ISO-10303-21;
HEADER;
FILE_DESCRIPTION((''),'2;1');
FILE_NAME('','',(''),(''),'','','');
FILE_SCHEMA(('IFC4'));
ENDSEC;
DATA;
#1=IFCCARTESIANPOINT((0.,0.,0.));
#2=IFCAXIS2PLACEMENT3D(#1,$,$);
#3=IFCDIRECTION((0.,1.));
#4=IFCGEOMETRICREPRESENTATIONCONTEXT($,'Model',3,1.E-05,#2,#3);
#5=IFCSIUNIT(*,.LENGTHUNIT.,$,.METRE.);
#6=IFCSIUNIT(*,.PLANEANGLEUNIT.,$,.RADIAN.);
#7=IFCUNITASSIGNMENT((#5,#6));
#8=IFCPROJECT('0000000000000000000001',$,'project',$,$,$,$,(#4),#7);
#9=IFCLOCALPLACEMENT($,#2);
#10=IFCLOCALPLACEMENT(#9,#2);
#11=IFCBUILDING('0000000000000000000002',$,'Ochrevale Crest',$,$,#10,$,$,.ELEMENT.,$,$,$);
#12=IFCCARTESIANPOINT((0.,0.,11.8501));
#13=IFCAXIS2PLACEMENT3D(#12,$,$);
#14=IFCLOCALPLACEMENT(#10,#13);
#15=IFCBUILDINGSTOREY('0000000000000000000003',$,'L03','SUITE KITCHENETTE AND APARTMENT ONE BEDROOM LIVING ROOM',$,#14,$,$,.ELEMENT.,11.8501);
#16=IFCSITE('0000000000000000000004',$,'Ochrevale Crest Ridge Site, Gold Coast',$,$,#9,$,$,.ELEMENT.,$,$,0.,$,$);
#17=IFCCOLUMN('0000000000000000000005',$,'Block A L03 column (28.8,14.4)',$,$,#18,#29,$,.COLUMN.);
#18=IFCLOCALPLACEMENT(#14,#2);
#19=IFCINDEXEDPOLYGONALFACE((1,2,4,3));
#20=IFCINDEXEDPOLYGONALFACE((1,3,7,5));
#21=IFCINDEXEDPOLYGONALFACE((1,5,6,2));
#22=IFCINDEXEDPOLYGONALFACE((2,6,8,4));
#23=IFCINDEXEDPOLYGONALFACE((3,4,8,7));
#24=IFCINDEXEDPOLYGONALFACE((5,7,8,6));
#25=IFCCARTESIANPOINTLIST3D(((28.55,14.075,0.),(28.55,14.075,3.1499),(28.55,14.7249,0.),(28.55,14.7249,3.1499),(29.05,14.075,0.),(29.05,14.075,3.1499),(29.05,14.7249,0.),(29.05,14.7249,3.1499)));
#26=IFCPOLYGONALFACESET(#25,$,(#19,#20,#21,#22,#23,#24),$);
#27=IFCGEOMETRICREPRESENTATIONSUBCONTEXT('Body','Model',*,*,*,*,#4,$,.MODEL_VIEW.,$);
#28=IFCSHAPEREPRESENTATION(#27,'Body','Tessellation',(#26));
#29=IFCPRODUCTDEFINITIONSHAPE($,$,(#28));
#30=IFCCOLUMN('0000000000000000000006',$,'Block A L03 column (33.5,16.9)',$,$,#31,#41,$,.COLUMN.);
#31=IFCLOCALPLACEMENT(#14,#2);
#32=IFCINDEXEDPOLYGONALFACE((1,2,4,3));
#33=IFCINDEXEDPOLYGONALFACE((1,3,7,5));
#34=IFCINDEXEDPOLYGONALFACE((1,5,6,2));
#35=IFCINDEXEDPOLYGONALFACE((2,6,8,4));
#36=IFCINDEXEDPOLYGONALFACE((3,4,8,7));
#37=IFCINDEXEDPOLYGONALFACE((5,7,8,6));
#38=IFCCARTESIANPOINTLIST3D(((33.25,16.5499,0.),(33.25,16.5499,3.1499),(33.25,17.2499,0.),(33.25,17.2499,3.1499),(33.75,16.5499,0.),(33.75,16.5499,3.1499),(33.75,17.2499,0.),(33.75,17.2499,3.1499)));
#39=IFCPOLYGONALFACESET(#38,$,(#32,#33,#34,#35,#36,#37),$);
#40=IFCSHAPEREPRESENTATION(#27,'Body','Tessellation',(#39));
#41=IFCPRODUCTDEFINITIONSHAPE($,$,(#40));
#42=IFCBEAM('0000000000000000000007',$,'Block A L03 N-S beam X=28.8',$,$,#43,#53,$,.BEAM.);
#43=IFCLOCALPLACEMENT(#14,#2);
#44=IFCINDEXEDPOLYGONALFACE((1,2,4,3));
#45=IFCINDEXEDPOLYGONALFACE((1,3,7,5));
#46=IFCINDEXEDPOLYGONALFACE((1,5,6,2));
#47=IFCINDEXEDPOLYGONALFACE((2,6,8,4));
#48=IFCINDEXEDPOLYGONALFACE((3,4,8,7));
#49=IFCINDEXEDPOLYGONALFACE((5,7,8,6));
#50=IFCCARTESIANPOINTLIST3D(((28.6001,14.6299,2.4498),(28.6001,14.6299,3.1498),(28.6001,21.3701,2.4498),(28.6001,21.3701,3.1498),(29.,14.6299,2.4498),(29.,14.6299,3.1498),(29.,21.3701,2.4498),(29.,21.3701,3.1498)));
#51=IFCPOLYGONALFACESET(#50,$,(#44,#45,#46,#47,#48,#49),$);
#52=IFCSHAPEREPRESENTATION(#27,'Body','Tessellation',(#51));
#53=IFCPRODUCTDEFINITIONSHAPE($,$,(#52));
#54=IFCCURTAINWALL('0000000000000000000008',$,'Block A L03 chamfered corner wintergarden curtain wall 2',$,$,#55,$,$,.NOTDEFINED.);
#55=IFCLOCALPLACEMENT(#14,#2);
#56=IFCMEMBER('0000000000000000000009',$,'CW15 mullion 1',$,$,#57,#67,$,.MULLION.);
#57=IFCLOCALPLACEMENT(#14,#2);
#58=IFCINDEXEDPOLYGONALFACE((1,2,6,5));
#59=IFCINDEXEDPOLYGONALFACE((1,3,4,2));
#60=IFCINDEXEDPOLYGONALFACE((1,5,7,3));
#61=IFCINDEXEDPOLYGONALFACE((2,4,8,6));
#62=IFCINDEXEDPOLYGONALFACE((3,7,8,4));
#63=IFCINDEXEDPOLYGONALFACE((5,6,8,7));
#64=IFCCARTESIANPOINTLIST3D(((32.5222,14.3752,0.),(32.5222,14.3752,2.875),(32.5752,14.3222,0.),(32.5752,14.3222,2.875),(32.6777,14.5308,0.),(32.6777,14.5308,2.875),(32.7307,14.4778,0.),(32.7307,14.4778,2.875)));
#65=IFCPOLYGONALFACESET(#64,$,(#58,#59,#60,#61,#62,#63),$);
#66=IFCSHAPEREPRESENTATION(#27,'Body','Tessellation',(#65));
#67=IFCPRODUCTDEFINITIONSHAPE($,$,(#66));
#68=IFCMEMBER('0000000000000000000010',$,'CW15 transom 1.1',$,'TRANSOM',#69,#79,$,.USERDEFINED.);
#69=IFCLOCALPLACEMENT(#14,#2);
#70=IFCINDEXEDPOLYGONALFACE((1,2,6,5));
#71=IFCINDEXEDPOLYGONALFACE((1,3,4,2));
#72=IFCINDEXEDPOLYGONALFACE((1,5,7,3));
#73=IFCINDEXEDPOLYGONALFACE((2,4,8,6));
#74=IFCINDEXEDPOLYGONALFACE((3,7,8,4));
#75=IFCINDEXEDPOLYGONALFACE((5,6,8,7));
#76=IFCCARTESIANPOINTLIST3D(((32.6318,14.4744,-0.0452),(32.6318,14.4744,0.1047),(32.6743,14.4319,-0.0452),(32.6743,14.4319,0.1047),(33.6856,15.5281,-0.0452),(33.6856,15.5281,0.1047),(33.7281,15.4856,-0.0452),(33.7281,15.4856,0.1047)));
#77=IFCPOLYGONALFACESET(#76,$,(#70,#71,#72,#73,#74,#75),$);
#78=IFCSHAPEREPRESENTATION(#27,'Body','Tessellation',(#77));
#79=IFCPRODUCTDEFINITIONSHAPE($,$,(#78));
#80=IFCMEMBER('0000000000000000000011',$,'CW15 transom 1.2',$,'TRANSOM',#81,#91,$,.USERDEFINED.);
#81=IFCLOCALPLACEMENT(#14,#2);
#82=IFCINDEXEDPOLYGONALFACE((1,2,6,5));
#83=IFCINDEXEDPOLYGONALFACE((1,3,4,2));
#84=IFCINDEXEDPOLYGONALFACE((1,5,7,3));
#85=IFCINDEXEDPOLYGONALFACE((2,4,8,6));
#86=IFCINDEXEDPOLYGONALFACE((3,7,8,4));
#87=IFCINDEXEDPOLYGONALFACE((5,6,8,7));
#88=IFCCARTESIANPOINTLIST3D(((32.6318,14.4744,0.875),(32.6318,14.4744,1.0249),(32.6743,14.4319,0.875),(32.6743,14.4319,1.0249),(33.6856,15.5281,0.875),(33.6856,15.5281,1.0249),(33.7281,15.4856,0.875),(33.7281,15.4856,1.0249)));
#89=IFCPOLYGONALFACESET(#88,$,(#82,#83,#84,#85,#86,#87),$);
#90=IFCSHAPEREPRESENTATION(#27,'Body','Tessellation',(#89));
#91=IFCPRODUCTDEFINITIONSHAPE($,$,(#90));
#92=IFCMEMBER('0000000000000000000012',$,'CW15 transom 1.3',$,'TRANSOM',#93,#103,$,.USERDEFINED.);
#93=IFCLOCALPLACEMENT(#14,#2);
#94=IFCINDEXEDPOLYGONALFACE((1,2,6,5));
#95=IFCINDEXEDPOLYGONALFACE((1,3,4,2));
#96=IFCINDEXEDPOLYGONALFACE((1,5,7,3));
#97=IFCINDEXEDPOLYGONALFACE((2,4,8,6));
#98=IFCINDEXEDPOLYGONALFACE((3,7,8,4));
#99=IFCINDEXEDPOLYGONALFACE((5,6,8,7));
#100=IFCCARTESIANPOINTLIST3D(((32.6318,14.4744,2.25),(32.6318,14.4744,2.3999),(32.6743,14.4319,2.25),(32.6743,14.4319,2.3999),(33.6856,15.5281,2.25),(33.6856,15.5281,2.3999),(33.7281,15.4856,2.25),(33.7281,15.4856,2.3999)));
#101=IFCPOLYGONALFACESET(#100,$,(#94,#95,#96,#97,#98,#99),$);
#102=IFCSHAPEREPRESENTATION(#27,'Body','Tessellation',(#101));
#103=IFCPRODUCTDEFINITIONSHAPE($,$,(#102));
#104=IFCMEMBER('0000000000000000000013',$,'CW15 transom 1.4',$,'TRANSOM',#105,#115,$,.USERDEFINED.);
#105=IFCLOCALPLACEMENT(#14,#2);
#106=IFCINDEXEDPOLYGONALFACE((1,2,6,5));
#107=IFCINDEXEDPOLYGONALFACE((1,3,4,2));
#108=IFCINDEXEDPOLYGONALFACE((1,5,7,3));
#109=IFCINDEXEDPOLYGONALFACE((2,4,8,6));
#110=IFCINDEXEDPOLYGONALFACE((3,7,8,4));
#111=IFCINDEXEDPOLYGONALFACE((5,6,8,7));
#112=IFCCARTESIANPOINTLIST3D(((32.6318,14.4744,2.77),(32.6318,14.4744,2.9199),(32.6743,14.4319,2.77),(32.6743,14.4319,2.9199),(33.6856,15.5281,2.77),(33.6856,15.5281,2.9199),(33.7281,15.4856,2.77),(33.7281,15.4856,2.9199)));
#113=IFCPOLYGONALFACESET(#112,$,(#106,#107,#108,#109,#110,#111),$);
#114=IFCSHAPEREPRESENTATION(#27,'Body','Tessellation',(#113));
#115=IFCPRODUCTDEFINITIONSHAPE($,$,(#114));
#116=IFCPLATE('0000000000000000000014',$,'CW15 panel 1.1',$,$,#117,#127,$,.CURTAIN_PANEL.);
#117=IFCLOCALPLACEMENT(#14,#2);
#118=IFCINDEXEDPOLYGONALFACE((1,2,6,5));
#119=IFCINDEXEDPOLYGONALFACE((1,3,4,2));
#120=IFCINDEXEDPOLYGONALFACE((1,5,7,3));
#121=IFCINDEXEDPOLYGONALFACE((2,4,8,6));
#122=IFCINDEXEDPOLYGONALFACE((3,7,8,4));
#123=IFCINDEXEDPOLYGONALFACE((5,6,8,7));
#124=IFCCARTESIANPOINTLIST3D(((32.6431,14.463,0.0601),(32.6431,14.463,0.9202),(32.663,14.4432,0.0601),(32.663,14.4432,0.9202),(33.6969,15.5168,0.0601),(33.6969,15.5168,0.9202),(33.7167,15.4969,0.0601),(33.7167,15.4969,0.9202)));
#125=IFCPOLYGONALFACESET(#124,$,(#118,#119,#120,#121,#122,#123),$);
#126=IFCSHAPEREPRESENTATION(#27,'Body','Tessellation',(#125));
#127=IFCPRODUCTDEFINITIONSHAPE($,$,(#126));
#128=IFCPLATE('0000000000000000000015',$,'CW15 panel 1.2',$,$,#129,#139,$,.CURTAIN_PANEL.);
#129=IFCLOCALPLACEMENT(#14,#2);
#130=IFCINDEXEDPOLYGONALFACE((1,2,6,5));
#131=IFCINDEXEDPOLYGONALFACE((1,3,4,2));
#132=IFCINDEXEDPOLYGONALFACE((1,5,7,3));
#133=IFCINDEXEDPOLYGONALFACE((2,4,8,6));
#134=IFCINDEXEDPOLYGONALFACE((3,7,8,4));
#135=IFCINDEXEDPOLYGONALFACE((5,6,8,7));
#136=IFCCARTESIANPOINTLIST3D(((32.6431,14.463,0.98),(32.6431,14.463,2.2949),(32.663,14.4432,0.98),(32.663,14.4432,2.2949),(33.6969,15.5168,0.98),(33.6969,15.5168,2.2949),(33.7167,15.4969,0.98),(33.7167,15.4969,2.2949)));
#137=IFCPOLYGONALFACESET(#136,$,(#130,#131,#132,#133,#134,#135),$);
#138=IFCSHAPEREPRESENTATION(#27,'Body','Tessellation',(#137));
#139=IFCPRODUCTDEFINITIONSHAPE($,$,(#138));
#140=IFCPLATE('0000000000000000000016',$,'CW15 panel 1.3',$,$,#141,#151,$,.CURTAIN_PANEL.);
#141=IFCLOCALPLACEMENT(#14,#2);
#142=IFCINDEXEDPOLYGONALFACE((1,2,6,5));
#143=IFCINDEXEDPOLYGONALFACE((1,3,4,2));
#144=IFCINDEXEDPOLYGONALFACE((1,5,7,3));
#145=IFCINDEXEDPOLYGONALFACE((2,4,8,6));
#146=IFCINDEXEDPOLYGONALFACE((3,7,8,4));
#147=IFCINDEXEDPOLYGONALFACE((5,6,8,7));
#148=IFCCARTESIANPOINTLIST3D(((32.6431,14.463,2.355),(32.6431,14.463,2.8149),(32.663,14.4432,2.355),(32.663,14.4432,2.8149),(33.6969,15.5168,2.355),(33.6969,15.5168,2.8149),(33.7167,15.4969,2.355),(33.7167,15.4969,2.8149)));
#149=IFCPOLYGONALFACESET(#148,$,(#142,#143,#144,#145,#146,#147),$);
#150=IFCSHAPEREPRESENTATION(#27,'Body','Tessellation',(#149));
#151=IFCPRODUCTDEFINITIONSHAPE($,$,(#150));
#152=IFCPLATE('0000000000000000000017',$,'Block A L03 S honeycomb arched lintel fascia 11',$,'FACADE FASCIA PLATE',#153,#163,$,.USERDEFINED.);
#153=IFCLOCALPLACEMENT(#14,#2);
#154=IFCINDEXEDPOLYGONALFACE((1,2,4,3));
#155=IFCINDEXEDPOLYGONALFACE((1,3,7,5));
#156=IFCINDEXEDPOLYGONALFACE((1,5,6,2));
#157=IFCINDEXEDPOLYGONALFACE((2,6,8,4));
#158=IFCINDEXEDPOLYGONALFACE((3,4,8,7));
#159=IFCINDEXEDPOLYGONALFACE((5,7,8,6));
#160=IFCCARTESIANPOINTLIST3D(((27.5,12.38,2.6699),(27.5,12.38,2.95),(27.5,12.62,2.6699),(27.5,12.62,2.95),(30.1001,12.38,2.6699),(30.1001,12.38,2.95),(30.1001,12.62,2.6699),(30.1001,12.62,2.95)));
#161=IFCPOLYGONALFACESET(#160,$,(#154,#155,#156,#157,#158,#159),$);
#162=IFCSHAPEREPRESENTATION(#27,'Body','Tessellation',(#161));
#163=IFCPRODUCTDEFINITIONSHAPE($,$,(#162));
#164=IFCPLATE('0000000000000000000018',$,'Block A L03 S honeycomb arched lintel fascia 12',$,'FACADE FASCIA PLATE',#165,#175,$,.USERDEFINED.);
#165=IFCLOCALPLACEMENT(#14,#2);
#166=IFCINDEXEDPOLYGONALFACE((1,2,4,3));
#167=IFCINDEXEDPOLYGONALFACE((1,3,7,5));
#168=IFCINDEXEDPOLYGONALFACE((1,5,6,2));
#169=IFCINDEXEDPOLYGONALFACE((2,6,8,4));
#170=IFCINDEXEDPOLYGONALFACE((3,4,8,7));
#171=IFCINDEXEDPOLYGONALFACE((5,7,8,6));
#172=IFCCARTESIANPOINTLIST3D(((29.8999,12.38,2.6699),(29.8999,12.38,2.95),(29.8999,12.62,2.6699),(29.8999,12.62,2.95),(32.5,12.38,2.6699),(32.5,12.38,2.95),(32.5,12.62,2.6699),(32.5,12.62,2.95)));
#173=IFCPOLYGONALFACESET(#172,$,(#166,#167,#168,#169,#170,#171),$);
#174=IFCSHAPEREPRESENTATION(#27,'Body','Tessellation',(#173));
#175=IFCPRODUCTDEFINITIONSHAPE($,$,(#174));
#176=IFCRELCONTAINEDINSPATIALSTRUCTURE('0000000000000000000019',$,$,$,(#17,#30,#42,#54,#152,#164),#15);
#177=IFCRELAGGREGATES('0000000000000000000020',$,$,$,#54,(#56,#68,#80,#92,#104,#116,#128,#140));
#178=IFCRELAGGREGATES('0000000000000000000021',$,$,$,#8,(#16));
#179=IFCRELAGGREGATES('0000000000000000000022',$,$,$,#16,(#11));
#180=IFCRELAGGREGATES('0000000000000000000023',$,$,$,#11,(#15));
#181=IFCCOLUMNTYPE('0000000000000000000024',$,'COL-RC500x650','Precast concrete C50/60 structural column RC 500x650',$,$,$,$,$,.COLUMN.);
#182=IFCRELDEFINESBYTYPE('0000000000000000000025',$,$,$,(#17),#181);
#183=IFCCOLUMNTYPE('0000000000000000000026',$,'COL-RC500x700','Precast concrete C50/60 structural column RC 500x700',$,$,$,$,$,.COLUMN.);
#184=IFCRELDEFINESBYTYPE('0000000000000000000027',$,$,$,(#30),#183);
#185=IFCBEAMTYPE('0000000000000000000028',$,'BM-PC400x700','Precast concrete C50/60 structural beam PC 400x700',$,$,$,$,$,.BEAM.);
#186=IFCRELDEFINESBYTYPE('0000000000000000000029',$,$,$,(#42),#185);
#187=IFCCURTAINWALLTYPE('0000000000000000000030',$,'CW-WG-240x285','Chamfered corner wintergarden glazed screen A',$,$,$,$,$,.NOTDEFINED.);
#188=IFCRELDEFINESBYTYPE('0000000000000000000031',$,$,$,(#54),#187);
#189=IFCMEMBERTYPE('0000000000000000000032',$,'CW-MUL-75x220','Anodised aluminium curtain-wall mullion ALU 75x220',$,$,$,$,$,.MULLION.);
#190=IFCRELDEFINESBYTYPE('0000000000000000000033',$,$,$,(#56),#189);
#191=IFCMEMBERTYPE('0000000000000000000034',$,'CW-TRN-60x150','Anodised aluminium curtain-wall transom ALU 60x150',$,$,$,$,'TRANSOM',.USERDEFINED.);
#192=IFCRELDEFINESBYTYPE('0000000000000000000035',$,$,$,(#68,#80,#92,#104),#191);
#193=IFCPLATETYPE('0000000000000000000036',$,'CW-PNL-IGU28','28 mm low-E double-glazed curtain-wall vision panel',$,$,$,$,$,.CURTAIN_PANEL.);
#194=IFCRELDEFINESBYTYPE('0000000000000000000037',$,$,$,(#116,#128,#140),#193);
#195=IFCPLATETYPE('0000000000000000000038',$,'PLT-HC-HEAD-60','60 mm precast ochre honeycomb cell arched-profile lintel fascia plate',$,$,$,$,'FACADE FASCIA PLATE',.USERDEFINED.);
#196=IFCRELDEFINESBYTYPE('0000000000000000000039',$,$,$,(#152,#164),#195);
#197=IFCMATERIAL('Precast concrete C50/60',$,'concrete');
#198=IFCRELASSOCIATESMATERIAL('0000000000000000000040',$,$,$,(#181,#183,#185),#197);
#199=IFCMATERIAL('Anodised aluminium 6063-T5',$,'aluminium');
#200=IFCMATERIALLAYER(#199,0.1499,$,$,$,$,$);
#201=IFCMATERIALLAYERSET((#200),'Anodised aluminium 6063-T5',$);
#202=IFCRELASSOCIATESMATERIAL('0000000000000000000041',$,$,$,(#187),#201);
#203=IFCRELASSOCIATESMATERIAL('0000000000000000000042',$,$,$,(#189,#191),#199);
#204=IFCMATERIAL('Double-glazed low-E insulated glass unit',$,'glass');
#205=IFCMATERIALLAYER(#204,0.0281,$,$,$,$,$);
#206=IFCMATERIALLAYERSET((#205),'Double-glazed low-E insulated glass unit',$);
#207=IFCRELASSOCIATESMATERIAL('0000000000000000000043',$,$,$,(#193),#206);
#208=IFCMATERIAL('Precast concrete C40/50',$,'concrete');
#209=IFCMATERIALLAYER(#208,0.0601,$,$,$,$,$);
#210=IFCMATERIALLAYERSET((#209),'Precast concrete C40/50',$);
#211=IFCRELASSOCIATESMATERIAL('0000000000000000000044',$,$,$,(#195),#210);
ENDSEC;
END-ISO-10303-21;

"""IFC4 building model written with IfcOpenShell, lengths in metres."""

from ifc_helpers import new_model, si_unit, direction, frame, origin, origin_2d, place, context, subcontext, project, spatial, rectangle, extrude, material, layer, layer_set, material_profile, profile_set, type_object, element, aggregate, save


model = new_model("IFC4")

# Units and contexts
model_context = context("Model", 3, precision=1e-05, world=origin(), true_north=direction((0.0, 1.0)))
body_context = subcontext(model_context, "Body", "Model", "MODEL_VIEW")
ifc_project = project(units=[si_unit("LENGTHUNIT", "METRE"), si_unit("PLANEANGLEUNIT", "RADIAN")], contexts=[model_context])

# Site, building, storey
site_placement = place(None, origin())
site = spatial("IfcSite", under=ifc_project, at=site_placement, Name="Ochrevale Crest Ridge Site, Gold Coast", CompositionType="ELEMENT", RefElevation=0.0)
building_placement = place(site_placement, origin())
building = spatial("IfcBuilding", under=site, at=building_placement, Name="Ochrevale Crest", CompositionType="ELEMENT")
storey_placement = place(building_placement, frame((0.0, 0.0, 11.8501)))
storey = spatial("IfcBuildingStorey", under=building, at=storey_placement, Name="L03", Description="SUITE KITCHENETTE AND APARTMENT ONE BEDROOM LIVING ROOM", CompositionType="ELEMENT", Elevation=11.8501)

# Columns
ifc_material_1 = material(Name="Precast concrete C50/60", Category="concrete")
ifc_material_profile_1 = material_profile(ifc_material_1, rectangle(XDim=0.5, YDim=0.6499, at=origin_2d()), Name="RC 500x650")
ifc_profile_set_1 = profile_set([ifc_material_profile_1], Name="Precast concrete C50/60")
column_type_1 = type_object("IfcColumnType", Name="COL-RC500x650", Description="Precast concrete C50/60 structural column RC 500x650", PredefinedType="COLUMN", material=ifc_profile_set_1)
column_1_placement = place(storey_placement, frame((28.8, 14.3999, 0.0), z_axis=(0.0, 0.0, 1.0), x_axis=(1.0, 0.0, 0.0)))
element("IfcColumn", 1, at=column_1_placement, inside=storey, type_object=column_type_1, Name="Block A L03 column (28.8,14.4)", PredefinedType="COLUMN", context=body_context, shape_type="SweptSolid", body=[
    extrude(rectangle(XDim=0.5, YDim=0.6499, at=origin_2d()), origin(), (0.0, 0.0, 1.0), 3.1499),
])
ifc_material_profile_2 = material_profile(ifc_material_1, rectangle(XDim=0.5, YDim=0.7, at=origin_2d()), Name="RC 500x700")
ifc_profile_set_2 = profile_set([ifc_material_profile_2], Name="Precast concrete C50/60")
column_type_2 = type_object("IfcColumnType", Name="COL-RC500x700", Description="Precast concrete C50/60 structural column RC 500x700", PredefinedType="COLUMN", material=ifc_profile_set_2)
column_2_placement = place(storey_placement, frame((33.5, 16.8999, 0.0), z_axis=(0.0, 0.0, 1.0), x_axis=(1.0, 0.0, 0.0)))
element("IfcColumn", 2, at=column_2_placement, inside=storey, type_object=column_type_2, Name="Block A L03 column (33.5,16.9)", PredefinedType="COLUMN", context=body_context, shape_type="SweptSolid", body=[
    extrude(rectangle(XDim=0.5, YDim=0.7, at=origin_2d()), origin(), (0.0, 0.0, 1.0), 3.1499),
])

# Beam
ifc_material_profile_3 = material_profile(ifc_material_1, rectangle(XDim=0.3999, YDim=0.7, at=origin_2d()), Name="PC 400x700")
ifc_profile_set_3 = profile_set([ifc_material_profile_3], Name="Precast concrete C50/60")
beam_type = type_object("IfcBeamType", Name="BM-PC400x700", Description="Precast concrete C50/60 structural beam PC 400x700", PredefinedType="BEAM", material=ifc_profile_set_3)
beam_placement = place(storey_placement, frame((28.8, 14.6299, 2.7998), z_axis=(0.0, 1.0, 0.0), x_axis=(-1.0, 0.0, 0.0)))
element("IfcBeam", 3, at=beam_placement, inside=storey, type_object=beam_type, Name="Block A L03 N-S beam X=28.8", PredefinedType="BEAM", context=body_context, shape_type="SweptSolid", body=[
    extrude(rectangle(XDim=0.3999, YDim=0.7, at=origin_2d()), origin(), (0.0, 0.0, 1.0), 6.7402),
])

# Curtain wall, members, plates
ifc_material_2 = material(Name="Anodised aluminium 6063-T5", Category="aluminium")
ifc_layer_1 = layer(ifc_material_2, 0.1499)
ifc_layer_set_1 = layer_set([ifc_layer_1], Name="Anodised aluminium 6063-T5")
curtain_wall_type = type_object("IfcCurtainWallType", Name="CW-WG-240x285", Description="Chamfered corner wintergarden glazed screen A", PredefinedType="NOTDEFINED", material=ifc_layer_set_1)
curtain_wall_placement = place(storey_placement, origin())
curtain_wall = element("IfcCurtainWall", 4, at=curtain_wall_placement, inside=storey, type_object=curtain_wall_type, Name="Block A L03 chamfered corner wintergarden curtain wall 2", PredefinedType="NOTDEFINED")
ifc_material_profile_4 = material_profile(ifc_material_2, rectangle(XDim=0.075, YDim=0.22, at=origin_2d()), Name="ALU 75x220")
ifc_profile_set_4 = profile_set([ifc_material_profile_4], Name="Anodised aluminium 6063-T5")
member_type_1 = type_object("IfcMemberType", Name="CW-MUL-75x220", Description="Anodised aluminium curtain-wall mullion ALU 75x220", PredefinedType="MULLION", material=ifc_profile_set_4)
member_1_placement = place(storey_placement, frame((32.6265, 14.4265, 0.0), z_axis=(0.0, 0.0, 1.0), x_axis=(-0.707107, 0.707107, 0.0)))
member_1 = element("IfcMember", 5, at=member_1_placement, type_object=member_type_1, Name="CW15 mullion 1", PredefinedType="MULLION", context=body_context, shape_type="SweptSolid", body=[
    extrude(rectangle(XDim=0.075, YDim=0.22, at=origin_2d()), origin(), (0.0, 0.0, 1.0), 2.875),
])
ifc_material_profile_5 = material_profile(ifc_material_2, rectangle(XDim=0.0601, YDim=0.1499, at=origin_2d()), Name="ALU 60x150")
ifc_profile_set_5 = profile_set([ifc_material_profile_5], Name="Anodised aluminium 6063-T5")
member_type_2 = type_object("IfcMemberType", Name="CW-TRN-60x150", Description="Anodised aluminium curtain-wall transom ALU 60x150", ElementType="TRANSOM", PredefinedType="USERDEFINED", material=ifc_profile_set_5)
member_2_placement = place(storey_placement, frame((32.6531, 14.4531, 0.0298), z_axis=(0.707107, 0.707107, 0.0), x_axis=(-0.707107, 0.707107, 0.0)))
member_2 = element("IfcMember", 6, at=member_2_placement, type_object=member_type_2, Name="CW15 transom 1.1", ObjectType="TRANSOM", PredefinedType="USERDEFINED", context=body_context, shape_type="SweptSolid", body=[
    extrude(rectangle(XDim=0.0601, YDim=0.1499, at=origin_2d()), origin(), (0.0, 0.0, 1.0), 1.4902),
])
member_3_placement = place(storey_placement, frame((32.6531, 14.4531, 0.95), z_axis=(0.707107, 0.707107, 0.0), x_axis=(-0.707107, 0.707107, 0.0)))
member_3 = element("IfcMember", 7, at=member_3_placement, type_object=member_type_2, Name="CW15 transom 1.2", ObjectType="TRANSOM", PredefinedType="USERDEFINED", context=body_context, shape_type="SweptSolid", body=[
    extrude(rectangle(XDim=0.0601, YDim=0.1499, at=origin_2d()), origin(), (0.0, 0.0, 1.0), 1.4902),
])
member_4_placement = place(storey_placement, frame((32.6531, 14.4531, 2.325), z_axis=(0.707107, 0.707107, 0.0), x_axis=(-0.707107, 0.707107, 0.0)))
member_4 = element("IfcMember", 8, at=member_4_placement, type_object=member_type_2, Name="CW15 transom 1.3", ObjectType="TRANSOM", PredefinedType="USERDEFINED", context=body_context, shape_type="SweptSolid", body=[
    extrude(rectangle(XDim=0.0601, YDim=0.1499, at=origin_2d()), origin(), (0.0, 0.0, 1.0), 1.4902),
])
member_5_placement = place(storey_placement, frame((32.6531, 14.4531, 2.845), z_axis=(0.707107, 0.707107, 0.0), x_axis=(-0.707107, 0.707107, 0.0)))
member_5 = element("IfcMember", 9, at=member_5_placement, type_object=member_type_2, Name="CW15 transom 1.4", ObjectType="TRANSOM", PredefinedType="USERDEFINED", context=body_context, shape_type="SweptSolid", body=[
    extrude(rectangle(XDim=0.0601, YDim=0.1499, at=origin_2d()), origin(), (0.0, 0.0, 1.0), 1.4902),
])
ifc_material_3 = material(Name="Double-glazed low-E insulated glass unit", Category="glass")
ifc_layer_2 = layer(ifc_material_3, 0.0281)
ifc_layer_set_2 = layer_set([ifc_layer_2], Name="Double-glazed low-E insulated glass unit")
plate_type_1 = type_object("IfcPlateType", Name="CW-PNL-IGU28", Description="28 mm low-E double-glazed curtain-wall vision panel", PredefinedType="CURTAIN_PANEL", material=ifc_layer_set_2)
plate_1_placement = place(storey_placement, frame((33.1799, 14.98, 0.0601), z_axis=(0.0, 0.0, 1.0), x_axis=(0.707107, 0.707107, 0.0)))
plate_1 = element("IfcPlate", 10, at=plate_1_placement, type_object=plate_type_1, Name="CW15 panel 1.1", PredefinedType="CURTAIN_PANEL", context=body_context, shape_type="SweptSolid", body=[
    extrude(rectangle(XDim=1.4902, YDim=0.0281, at=origin_2d()), origin(), (0.0, 0.0, 1.0), 0.8601),
])
plate_2_placement = place(storey_placement, frame((33.1799, 14.98, 0.98), z_axis=(0.0, 0.0, 1.0), x_axis=(0.707107, 0.707107, 0.0)))
plate_2 = element("IfcPlate", 11, at=plate_2_placement, type_object=plate_type_1, Name="CW15 panel 1.2", PredefinedType="CURTAIN_PANEL", context=body_context, shape_type="SweptSolid", body=[
    extrude(rectangle(XDim=1.4902, YDim=0.0281, at=origin_2d()), origin(), (0.0, 0.0, 1.0), 1.3149),
])
plate_3_placement = place(storey_placement, frame((33.1799, 14.98, 2.355), z_axis=(0.0, 0.0, 1.0), x_axis=(0.707107, 0.707107, 0.0)))
plate_3 = element("IfcPlate", 12, at=plate_3_placement, type_object=plate_type_1, Name="CW15 panel 1.3", PredefinedType="CURTAIN_PANEL", context=body_context, shape_type="SweptSolid", body=[
    extrude(rectangle(XDim=1.4902, YDim=0.0281, at=origin_2d()), origin(), (0.0, 0.0, 1.0), 0.46),
])
aggregate(curtain_wall, [member_1, member_2, member_3, member_4, member_5, plate_1, plate_2, plate_3])

# Plates
ifc_material_4 = material(Name="Precast concrete C40/50", Category="concrete")
ifc_layer_3 = layer(ifc_material_4, 0.0601)
ifc_layer_set_3 = layer_set([ifc_layer_3], Name="Precast concrete C40/50")
plate_type_2 = type_object("IfcPlateType", Name="PLT-HC-HEAD-60", Description="60 mm precast ochre honeycomb cell arched-profile lintel fascia plate", ElementType="FACADE FASCIA PLATE", PredefinedType="USERDEFINED", material=ifc_layer_set_3)
for number, where, z_axis, x_axis, name in (
    (13, (28.8, 12.5, 2.6699), (0.0, 0.0, 1.0), (1.0, 0.0, 0.0), "Block A L03 S honeycomb arched lintel fascia 11"),
    (14, (31.2, 12.5, 2.6699), (0.0, 0.0, 1.0), (1.0, 0.0, 0.0), "Block A L03 S honeycomb arched lintel fascia 12"),
):
    element("IfcPlate", number, at=place(storey_placement, frame(where, z_axis=z_axis, x_axis=x_axis)), inside=storey, type_object=plate_type_2, Name=name, ObjectType="FACADE FASCIA PLATE", PredefinedType="USERDEFINED", context=body_context, shape_type="SweptSolid", body=[
        extrude(rectangle(XDim=2.6001, YDim=0.24, at=origin_2d()), origin(), (0.0, 0.0, 1.0), 0.28),
    ])

save(model, "model.ifc")
